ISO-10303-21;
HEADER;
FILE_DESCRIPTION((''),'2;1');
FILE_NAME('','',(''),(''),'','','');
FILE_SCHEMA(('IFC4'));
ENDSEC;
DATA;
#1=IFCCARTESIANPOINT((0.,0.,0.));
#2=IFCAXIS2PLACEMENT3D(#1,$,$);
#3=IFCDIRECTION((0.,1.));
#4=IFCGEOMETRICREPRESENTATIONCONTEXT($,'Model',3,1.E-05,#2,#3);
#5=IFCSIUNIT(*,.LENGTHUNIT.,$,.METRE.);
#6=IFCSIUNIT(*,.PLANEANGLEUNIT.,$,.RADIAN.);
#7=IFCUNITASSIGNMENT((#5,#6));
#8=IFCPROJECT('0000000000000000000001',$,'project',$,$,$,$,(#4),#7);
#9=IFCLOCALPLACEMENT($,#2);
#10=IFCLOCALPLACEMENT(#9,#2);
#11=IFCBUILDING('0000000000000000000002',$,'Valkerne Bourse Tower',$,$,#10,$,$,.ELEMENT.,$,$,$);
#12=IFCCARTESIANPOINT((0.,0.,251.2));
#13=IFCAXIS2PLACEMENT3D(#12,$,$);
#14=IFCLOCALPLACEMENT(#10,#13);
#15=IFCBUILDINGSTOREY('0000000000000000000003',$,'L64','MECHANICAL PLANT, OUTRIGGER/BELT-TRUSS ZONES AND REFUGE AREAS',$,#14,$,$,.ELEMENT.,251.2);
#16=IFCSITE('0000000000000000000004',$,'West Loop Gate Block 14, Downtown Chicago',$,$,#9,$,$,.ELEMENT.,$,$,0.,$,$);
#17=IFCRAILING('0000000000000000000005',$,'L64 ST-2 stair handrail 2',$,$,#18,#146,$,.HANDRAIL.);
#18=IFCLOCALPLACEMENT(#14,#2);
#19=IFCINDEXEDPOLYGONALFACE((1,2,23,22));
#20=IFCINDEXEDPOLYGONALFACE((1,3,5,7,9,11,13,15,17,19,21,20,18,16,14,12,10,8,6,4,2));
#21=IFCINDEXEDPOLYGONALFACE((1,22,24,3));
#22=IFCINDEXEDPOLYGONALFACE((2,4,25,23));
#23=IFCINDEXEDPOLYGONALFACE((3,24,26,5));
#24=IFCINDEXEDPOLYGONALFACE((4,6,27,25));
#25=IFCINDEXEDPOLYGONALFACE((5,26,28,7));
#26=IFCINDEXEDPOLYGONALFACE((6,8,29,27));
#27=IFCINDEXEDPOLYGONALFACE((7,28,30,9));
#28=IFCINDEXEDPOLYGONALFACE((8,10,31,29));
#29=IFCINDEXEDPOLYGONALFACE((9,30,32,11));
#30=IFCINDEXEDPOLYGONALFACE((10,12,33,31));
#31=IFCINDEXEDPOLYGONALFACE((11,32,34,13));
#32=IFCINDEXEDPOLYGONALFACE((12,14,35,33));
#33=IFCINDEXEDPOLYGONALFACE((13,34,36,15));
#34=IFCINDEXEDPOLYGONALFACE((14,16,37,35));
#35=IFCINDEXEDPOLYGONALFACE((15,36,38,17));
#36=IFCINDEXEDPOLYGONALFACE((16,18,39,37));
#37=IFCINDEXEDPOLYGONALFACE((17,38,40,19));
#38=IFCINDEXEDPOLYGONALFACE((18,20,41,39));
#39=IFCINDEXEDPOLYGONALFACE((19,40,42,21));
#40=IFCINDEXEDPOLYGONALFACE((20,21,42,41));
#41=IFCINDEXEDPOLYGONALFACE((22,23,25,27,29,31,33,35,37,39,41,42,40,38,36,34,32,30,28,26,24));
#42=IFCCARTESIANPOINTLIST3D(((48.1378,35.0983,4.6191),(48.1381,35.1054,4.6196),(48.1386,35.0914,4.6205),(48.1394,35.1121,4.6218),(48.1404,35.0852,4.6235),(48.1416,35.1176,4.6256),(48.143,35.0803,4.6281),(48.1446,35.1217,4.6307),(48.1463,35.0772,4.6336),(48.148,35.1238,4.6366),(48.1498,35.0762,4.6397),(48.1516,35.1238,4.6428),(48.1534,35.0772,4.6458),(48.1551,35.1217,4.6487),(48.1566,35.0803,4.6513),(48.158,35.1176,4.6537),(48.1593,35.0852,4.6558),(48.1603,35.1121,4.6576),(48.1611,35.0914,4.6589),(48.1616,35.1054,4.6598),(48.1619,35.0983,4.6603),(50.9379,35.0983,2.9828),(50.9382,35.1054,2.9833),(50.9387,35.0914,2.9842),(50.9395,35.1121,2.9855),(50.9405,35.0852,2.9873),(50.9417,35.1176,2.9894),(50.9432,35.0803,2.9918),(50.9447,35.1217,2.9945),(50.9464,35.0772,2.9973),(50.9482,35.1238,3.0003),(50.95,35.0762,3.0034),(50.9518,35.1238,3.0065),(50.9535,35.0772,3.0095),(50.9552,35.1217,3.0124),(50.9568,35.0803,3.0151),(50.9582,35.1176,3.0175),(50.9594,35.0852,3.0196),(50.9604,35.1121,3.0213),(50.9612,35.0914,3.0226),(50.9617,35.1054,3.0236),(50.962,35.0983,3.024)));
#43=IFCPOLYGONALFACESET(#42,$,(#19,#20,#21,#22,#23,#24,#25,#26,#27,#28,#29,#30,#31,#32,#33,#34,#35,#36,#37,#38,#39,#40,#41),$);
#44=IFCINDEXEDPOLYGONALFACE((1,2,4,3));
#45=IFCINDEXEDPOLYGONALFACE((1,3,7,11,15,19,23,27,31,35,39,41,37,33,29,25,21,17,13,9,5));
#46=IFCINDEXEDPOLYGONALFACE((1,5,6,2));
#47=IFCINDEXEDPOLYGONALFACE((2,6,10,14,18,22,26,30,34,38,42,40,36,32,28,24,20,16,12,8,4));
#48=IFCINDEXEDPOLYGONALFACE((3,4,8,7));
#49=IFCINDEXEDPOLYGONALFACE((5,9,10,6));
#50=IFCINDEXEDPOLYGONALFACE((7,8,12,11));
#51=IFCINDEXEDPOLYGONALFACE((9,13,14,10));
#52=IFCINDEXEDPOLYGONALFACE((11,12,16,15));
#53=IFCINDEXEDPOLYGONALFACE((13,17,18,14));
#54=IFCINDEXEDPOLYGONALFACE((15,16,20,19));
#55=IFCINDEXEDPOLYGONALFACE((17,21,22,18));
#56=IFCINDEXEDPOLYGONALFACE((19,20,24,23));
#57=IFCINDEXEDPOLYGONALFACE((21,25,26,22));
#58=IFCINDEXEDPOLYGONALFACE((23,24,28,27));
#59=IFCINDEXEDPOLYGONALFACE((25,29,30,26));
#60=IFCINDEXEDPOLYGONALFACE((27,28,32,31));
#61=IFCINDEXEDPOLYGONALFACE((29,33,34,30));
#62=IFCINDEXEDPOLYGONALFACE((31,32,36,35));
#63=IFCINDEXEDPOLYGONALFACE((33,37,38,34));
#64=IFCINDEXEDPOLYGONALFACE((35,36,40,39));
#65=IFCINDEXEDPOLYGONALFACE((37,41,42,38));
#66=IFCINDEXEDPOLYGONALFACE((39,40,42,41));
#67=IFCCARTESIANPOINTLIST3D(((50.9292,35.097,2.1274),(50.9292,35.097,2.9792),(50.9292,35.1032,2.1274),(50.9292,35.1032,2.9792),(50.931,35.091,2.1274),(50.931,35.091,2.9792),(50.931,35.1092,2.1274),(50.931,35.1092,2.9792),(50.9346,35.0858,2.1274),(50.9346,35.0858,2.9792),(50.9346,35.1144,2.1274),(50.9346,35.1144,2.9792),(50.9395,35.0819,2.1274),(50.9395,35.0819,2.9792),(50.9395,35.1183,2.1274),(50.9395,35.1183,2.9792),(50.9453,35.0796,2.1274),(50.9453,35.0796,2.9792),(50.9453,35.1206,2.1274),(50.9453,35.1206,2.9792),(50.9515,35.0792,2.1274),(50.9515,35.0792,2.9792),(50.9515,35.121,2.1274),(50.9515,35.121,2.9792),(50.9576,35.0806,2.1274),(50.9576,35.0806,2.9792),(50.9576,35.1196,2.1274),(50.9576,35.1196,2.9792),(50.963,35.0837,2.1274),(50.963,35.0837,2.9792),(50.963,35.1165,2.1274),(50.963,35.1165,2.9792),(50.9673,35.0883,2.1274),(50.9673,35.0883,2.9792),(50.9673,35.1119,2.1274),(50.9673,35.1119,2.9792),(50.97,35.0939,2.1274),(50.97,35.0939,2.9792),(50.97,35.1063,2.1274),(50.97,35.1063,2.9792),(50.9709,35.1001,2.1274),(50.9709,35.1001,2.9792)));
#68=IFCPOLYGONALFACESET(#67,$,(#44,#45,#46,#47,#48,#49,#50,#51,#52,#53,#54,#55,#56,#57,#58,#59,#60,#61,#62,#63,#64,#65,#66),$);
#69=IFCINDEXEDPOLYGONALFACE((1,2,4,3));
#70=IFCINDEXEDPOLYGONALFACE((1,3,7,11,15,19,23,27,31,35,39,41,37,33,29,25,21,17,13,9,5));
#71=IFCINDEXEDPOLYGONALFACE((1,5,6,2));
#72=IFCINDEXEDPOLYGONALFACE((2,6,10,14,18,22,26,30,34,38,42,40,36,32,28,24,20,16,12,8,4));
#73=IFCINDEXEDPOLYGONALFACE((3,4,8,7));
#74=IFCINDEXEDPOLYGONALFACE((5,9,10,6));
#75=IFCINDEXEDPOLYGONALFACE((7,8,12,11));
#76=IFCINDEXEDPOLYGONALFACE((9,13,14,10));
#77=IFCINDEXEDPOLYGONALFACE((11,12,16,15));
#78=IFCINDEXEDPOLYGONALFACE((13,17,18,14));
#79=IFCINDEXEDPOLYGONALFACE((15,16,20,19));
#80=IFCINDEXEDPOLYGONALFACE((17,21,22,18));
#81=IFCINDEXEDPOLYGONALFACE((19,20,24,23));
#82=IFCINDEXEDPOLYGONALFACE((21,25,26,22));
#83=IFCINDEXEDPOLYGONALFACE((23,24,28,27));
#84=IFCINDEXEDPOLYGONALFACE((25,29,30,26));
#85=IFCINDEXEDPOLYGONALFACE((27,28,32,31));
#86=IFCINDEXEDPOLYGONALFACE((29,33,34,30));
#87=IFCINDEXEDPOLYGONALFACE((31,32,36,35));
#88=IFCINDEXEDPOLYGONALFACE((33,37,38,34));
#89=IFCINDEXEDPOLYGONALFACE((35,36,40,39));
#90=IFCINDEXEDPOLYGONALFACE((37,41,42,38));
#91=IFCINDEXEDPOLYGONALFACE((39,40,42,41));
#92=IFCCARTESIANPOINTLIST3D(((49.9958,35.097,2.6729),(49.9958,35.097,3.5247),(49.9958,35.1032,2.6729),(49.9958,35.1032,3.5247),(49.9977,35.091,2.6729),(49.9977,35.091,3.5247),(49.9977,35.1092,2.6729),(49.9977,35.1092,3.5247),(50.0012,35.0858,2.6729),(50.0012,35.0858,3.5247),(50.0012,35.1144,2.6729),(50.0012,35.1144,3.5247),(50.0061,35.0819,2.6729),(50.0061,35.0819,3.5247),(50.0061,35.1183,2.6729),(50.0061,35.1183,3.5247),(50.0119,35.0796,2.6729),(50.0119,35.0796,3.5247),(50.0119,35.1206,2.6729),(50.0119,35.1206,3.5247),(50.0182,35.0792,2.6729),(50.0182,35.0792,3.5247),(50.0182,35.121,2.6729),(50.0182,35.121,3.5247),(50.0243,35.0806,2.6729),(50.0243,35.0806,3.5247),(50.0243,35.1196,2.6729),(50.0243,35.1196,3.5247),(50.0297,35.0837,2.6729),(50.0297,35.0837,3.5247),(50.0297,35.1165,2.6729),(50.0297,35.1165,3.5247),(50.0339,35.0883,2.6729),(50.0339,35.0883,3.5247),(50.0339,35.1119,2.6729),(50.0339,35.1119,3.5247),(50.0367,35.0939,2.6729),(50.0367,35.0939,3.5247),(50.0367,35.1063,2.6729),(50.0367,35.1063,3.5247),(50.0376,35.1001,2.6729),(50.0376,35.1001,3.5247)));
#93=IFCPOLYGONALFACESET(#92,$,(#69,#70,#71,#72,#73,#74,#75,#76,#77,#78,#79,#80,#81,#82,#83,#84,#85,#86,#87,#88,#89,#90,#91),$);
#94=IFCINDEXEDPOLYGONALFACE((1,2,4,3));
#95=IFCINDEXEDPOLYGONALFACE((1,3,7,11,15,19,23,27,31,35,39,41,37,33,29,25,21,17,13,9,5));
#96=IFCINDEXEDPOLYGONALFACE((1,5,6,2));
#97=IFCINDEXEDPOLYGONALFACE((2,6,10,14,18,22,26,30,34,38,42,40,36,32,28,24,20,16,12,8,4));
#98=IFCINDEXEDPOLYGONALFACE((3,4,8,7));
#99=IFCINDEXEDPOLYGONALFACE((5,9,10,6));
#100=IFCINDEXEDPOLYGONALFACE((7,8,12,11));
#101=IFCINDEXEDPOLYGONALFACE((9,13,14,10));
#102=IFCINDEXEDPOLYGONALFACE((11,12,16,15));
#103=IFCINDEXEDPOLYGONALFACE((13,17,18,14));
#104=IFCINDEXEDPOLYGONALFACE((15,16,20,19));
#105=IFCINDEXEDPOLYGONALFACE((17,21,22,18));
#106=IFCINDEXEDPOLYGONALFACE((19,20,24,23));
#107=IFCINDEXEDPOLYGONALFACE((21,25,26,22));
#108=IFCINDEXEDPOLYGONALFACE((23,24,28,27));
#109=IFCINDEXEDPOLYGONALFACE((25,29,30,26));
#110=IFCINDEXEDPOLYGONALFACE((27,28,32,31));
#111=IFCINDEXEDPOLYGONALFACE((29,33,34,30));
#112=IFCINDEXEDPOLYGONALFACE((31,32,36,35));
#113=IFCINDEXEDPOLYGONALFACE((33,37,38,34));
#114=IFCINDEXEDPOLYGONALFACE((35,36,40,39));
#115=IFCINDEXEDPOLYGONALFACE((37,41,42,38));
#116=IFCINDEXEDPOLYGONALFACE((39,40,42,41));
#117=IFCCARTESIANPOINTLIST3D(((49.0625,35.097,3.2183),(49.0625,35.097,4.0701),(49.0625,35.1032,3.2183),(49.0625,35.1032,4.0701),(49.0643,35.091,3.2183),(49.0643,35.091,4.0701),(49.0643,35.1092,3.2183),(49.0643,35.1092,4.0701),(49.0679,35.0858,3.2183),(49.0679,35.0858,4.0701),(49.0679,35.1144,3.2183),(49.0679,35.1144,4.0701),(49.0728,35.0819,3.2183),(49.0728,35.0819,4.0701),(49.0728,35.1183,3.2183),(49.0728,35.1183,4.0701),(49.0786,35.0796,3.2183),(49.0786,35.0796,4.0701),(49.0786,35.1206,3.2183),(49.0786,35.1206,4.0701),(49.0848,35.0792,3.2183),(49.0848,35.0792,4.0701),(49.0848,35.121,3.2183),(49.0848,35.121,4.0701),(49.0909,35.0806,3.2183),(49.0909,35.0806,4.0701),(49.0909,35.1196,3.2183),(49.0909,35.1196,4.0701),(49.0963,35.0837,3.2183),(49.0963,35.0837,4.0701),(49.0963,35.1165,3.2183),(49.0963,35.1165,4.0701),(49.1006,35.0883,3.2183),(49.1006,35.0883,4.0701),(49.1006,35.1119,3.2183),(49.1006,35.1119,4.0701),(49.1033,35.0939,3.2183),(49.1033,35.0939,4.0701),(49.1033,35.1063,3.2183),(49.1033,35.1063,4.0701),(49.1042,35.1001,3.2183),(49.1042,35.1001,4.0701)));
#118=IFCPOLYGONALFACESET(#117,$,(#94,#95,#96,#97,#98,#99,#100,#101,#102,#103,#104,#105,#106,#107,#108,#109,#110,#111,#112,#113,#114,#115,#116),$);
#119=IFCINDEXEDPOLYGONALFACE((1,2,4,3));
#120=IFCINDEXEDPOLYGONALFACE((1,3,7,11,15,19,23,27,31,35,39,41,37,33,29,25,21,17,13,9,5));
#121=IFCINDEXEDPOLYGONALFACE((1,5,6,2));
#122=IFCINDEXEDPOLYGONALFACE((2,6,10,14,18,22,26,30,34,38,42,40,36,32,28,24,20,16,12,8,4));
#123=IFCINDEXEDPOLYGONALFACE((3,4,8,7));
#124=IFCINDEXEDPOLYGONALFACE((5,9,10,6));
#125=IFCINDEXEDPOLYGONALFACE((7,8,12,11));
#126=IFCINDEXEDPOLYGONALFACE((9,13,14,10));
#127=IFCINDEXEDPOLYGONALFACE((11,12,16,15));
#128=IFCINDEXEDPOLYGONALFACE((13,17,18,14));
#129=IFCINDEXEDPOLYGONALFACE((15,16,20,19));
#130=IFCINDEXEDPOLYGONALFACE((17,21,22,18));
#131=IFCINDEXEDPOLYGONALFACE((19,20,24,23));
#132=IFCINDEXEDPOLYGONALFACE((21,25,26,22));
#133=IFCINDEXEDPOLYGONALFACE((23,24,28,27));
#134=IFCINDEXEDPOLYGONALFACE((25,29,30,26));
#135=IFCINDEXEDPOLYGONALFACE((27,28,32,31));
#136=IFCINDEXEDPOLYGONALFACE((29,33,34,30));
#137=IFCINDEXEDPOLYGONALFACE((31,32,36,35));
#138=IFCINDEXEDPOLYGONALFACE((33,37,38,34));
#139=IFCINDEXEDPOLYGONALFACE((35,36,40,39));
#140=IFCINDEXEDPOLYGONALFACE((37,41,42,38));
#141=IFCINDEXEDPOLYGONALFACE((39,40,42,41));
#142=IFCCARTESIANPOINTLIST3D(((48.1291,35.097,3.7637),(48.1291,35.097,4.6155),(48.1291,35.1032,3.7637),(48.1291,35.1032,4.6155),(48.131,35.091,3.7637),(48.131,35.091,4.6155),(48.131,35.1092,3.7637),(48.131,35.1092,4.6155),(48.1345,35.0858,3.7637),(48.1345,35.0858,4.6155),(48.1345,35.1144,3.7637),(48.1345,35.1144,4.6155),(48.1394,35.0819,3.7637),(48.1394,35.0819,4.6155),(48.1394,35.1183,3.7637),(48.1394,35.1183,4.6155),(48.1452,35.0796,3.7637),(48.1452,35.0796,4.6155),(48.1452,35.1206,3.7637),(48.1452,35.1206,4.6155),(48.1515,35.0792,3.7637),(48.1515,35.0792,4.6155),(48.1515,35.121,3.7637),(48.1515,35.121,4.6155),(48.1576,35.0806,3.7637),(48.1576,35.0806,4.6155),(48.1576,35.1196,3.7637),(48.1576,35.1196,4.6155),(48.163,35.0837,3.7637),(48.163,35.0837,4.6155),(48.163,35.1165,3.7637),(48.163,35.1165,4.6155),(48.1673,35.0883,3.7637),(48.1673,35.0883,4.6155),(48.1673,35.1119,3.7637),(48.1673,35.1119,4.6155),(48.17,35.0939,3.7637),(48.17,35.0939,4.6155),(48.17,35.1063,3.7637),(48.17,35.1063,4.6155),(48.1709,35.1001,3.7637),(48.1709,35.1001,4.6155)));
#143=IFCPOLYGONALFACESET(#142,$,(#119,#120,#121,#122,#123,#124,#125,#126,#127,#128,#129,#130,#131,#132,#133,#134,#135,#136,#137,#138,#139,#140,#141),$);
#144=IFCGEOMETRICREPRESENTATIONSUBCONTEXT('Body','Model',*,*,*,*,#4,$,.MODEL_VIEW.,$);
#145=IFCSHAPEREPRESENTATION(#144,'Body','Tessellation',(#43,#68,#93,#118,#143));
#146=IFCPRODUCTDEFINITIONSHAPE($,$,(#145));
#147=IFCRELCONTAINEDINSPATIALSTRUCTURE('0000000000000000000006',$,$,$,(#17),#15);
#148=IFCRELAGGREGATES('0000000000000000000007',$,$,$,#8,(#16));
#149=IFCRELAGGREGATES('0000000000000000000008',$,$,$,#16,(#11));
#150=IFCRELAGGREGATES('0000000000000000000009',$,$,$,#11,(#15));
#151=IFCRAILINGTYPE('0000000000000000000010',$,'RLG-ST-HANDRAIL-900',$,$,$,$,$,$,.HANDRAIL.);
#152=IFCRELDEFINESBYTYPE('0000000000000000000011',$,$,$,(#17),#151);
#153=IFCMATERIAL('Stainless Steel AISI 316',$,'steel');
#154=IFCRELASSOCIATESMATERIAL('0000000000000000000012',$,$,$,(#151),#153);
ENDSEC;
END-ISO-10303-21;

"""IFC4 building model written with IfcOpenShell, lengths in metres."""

from ifc_helpers import new_model, si_unit, direction, frame, origin, origin_2d, place, context, subcontext, project, spatial, circle, extrude, material, type_object, element, save


model = new_model("IFC4")

# Units and contexts
model_context = context("Model", 3, precision=1e-05, world=origin(), true_north=direction((0.0, 1.0)))
body_context = subcontext(model_context, "Body", "Model", "MODEL_VIEW")
ifc_project = project(units=[si_unit("LENGTHUNIT", "METRE"), si_unit("PLANEANGLEUNIT", "RADIAN")], contexts=[model_context])

# Site, building, storey
site_placement = place(None, origin())
site = spatial("IfcSite", under=ifc_project, at=site_placement, Name="West Loop Gate Block 14, Downtown Chicago", CompositionType="ELEMENT", RefElevation=0.0)
building_placement = place(site_placement, origin())
building = spatial("IfcBuilding", under=site, at=building_placement, Name="Valkerne Bourse Tower", CompositionType="ELEMENT")
storey_placement = place(building_placement, frame((0.0, 0.0, 251.2)))
storey = spatial("IfcBuildingStorey", under=building, at=storey_placement, Name="L64", Description="MECHANICAL PLANT, OUTRIGGER/BELT-TRUSS ZONES AND REFUGE AREAS", CompositionType="ELEMENT", Elevation=251.2)

# Railing
ifc_material_1 = material(Name="Stainless Steel AISI 316", Category="steel")
railing_type_1 = type_object("IfcRailingType", Name="RLG-ST-HANDRAIL-900", PredefinedType="HANDRAIL", material=ifc_material_1)
railing_1_placement = place(storey_placement, frame((50.95, 35.1001, 2.1274)))
element("IfcRailing", 1, at=railing_1_placement, inside=storey, type_object=railing_type_1, Name="L64 ST-2 stair handrail 2", PredefinedType="HANDRAIL", context=body_context, shape_type="SweptSolid", body=[
    extrude(circle(Radius=0.0239, at=origin_2d()), frame((0.0, 0.0, 0.876), z_axis=(-0.863394, 0.0, 0.504531), x_axis=(0.0, -1.0, 0.0)), (0.0, 0.0, 1.0), 3.2432),
    extrude(circle(Radius=0.021, at=origin_2d()), origin(), (0.0, 0.0, 1.0), 0.8518),
    extrude(circle(Radius=0.021, at=origin_2d()), frame((-0.9333, 0.0, 0.5454)), (0.0, 0.0, 1.0), 0.8518),
    extrude(circle(Radius=0.021, at=origin_2d()), frame((-1.8667, 0.0, 1.0908)), (0.0, 0.0, 1.0), 0.8518),
    extrude(circle(Radius=0.021, at=origin_2d()), frame((-2.8, 0.0, 1.6362)), (0.0, 0.0, 1.0), 0.8518),
])

save(model, "model.ifc")
